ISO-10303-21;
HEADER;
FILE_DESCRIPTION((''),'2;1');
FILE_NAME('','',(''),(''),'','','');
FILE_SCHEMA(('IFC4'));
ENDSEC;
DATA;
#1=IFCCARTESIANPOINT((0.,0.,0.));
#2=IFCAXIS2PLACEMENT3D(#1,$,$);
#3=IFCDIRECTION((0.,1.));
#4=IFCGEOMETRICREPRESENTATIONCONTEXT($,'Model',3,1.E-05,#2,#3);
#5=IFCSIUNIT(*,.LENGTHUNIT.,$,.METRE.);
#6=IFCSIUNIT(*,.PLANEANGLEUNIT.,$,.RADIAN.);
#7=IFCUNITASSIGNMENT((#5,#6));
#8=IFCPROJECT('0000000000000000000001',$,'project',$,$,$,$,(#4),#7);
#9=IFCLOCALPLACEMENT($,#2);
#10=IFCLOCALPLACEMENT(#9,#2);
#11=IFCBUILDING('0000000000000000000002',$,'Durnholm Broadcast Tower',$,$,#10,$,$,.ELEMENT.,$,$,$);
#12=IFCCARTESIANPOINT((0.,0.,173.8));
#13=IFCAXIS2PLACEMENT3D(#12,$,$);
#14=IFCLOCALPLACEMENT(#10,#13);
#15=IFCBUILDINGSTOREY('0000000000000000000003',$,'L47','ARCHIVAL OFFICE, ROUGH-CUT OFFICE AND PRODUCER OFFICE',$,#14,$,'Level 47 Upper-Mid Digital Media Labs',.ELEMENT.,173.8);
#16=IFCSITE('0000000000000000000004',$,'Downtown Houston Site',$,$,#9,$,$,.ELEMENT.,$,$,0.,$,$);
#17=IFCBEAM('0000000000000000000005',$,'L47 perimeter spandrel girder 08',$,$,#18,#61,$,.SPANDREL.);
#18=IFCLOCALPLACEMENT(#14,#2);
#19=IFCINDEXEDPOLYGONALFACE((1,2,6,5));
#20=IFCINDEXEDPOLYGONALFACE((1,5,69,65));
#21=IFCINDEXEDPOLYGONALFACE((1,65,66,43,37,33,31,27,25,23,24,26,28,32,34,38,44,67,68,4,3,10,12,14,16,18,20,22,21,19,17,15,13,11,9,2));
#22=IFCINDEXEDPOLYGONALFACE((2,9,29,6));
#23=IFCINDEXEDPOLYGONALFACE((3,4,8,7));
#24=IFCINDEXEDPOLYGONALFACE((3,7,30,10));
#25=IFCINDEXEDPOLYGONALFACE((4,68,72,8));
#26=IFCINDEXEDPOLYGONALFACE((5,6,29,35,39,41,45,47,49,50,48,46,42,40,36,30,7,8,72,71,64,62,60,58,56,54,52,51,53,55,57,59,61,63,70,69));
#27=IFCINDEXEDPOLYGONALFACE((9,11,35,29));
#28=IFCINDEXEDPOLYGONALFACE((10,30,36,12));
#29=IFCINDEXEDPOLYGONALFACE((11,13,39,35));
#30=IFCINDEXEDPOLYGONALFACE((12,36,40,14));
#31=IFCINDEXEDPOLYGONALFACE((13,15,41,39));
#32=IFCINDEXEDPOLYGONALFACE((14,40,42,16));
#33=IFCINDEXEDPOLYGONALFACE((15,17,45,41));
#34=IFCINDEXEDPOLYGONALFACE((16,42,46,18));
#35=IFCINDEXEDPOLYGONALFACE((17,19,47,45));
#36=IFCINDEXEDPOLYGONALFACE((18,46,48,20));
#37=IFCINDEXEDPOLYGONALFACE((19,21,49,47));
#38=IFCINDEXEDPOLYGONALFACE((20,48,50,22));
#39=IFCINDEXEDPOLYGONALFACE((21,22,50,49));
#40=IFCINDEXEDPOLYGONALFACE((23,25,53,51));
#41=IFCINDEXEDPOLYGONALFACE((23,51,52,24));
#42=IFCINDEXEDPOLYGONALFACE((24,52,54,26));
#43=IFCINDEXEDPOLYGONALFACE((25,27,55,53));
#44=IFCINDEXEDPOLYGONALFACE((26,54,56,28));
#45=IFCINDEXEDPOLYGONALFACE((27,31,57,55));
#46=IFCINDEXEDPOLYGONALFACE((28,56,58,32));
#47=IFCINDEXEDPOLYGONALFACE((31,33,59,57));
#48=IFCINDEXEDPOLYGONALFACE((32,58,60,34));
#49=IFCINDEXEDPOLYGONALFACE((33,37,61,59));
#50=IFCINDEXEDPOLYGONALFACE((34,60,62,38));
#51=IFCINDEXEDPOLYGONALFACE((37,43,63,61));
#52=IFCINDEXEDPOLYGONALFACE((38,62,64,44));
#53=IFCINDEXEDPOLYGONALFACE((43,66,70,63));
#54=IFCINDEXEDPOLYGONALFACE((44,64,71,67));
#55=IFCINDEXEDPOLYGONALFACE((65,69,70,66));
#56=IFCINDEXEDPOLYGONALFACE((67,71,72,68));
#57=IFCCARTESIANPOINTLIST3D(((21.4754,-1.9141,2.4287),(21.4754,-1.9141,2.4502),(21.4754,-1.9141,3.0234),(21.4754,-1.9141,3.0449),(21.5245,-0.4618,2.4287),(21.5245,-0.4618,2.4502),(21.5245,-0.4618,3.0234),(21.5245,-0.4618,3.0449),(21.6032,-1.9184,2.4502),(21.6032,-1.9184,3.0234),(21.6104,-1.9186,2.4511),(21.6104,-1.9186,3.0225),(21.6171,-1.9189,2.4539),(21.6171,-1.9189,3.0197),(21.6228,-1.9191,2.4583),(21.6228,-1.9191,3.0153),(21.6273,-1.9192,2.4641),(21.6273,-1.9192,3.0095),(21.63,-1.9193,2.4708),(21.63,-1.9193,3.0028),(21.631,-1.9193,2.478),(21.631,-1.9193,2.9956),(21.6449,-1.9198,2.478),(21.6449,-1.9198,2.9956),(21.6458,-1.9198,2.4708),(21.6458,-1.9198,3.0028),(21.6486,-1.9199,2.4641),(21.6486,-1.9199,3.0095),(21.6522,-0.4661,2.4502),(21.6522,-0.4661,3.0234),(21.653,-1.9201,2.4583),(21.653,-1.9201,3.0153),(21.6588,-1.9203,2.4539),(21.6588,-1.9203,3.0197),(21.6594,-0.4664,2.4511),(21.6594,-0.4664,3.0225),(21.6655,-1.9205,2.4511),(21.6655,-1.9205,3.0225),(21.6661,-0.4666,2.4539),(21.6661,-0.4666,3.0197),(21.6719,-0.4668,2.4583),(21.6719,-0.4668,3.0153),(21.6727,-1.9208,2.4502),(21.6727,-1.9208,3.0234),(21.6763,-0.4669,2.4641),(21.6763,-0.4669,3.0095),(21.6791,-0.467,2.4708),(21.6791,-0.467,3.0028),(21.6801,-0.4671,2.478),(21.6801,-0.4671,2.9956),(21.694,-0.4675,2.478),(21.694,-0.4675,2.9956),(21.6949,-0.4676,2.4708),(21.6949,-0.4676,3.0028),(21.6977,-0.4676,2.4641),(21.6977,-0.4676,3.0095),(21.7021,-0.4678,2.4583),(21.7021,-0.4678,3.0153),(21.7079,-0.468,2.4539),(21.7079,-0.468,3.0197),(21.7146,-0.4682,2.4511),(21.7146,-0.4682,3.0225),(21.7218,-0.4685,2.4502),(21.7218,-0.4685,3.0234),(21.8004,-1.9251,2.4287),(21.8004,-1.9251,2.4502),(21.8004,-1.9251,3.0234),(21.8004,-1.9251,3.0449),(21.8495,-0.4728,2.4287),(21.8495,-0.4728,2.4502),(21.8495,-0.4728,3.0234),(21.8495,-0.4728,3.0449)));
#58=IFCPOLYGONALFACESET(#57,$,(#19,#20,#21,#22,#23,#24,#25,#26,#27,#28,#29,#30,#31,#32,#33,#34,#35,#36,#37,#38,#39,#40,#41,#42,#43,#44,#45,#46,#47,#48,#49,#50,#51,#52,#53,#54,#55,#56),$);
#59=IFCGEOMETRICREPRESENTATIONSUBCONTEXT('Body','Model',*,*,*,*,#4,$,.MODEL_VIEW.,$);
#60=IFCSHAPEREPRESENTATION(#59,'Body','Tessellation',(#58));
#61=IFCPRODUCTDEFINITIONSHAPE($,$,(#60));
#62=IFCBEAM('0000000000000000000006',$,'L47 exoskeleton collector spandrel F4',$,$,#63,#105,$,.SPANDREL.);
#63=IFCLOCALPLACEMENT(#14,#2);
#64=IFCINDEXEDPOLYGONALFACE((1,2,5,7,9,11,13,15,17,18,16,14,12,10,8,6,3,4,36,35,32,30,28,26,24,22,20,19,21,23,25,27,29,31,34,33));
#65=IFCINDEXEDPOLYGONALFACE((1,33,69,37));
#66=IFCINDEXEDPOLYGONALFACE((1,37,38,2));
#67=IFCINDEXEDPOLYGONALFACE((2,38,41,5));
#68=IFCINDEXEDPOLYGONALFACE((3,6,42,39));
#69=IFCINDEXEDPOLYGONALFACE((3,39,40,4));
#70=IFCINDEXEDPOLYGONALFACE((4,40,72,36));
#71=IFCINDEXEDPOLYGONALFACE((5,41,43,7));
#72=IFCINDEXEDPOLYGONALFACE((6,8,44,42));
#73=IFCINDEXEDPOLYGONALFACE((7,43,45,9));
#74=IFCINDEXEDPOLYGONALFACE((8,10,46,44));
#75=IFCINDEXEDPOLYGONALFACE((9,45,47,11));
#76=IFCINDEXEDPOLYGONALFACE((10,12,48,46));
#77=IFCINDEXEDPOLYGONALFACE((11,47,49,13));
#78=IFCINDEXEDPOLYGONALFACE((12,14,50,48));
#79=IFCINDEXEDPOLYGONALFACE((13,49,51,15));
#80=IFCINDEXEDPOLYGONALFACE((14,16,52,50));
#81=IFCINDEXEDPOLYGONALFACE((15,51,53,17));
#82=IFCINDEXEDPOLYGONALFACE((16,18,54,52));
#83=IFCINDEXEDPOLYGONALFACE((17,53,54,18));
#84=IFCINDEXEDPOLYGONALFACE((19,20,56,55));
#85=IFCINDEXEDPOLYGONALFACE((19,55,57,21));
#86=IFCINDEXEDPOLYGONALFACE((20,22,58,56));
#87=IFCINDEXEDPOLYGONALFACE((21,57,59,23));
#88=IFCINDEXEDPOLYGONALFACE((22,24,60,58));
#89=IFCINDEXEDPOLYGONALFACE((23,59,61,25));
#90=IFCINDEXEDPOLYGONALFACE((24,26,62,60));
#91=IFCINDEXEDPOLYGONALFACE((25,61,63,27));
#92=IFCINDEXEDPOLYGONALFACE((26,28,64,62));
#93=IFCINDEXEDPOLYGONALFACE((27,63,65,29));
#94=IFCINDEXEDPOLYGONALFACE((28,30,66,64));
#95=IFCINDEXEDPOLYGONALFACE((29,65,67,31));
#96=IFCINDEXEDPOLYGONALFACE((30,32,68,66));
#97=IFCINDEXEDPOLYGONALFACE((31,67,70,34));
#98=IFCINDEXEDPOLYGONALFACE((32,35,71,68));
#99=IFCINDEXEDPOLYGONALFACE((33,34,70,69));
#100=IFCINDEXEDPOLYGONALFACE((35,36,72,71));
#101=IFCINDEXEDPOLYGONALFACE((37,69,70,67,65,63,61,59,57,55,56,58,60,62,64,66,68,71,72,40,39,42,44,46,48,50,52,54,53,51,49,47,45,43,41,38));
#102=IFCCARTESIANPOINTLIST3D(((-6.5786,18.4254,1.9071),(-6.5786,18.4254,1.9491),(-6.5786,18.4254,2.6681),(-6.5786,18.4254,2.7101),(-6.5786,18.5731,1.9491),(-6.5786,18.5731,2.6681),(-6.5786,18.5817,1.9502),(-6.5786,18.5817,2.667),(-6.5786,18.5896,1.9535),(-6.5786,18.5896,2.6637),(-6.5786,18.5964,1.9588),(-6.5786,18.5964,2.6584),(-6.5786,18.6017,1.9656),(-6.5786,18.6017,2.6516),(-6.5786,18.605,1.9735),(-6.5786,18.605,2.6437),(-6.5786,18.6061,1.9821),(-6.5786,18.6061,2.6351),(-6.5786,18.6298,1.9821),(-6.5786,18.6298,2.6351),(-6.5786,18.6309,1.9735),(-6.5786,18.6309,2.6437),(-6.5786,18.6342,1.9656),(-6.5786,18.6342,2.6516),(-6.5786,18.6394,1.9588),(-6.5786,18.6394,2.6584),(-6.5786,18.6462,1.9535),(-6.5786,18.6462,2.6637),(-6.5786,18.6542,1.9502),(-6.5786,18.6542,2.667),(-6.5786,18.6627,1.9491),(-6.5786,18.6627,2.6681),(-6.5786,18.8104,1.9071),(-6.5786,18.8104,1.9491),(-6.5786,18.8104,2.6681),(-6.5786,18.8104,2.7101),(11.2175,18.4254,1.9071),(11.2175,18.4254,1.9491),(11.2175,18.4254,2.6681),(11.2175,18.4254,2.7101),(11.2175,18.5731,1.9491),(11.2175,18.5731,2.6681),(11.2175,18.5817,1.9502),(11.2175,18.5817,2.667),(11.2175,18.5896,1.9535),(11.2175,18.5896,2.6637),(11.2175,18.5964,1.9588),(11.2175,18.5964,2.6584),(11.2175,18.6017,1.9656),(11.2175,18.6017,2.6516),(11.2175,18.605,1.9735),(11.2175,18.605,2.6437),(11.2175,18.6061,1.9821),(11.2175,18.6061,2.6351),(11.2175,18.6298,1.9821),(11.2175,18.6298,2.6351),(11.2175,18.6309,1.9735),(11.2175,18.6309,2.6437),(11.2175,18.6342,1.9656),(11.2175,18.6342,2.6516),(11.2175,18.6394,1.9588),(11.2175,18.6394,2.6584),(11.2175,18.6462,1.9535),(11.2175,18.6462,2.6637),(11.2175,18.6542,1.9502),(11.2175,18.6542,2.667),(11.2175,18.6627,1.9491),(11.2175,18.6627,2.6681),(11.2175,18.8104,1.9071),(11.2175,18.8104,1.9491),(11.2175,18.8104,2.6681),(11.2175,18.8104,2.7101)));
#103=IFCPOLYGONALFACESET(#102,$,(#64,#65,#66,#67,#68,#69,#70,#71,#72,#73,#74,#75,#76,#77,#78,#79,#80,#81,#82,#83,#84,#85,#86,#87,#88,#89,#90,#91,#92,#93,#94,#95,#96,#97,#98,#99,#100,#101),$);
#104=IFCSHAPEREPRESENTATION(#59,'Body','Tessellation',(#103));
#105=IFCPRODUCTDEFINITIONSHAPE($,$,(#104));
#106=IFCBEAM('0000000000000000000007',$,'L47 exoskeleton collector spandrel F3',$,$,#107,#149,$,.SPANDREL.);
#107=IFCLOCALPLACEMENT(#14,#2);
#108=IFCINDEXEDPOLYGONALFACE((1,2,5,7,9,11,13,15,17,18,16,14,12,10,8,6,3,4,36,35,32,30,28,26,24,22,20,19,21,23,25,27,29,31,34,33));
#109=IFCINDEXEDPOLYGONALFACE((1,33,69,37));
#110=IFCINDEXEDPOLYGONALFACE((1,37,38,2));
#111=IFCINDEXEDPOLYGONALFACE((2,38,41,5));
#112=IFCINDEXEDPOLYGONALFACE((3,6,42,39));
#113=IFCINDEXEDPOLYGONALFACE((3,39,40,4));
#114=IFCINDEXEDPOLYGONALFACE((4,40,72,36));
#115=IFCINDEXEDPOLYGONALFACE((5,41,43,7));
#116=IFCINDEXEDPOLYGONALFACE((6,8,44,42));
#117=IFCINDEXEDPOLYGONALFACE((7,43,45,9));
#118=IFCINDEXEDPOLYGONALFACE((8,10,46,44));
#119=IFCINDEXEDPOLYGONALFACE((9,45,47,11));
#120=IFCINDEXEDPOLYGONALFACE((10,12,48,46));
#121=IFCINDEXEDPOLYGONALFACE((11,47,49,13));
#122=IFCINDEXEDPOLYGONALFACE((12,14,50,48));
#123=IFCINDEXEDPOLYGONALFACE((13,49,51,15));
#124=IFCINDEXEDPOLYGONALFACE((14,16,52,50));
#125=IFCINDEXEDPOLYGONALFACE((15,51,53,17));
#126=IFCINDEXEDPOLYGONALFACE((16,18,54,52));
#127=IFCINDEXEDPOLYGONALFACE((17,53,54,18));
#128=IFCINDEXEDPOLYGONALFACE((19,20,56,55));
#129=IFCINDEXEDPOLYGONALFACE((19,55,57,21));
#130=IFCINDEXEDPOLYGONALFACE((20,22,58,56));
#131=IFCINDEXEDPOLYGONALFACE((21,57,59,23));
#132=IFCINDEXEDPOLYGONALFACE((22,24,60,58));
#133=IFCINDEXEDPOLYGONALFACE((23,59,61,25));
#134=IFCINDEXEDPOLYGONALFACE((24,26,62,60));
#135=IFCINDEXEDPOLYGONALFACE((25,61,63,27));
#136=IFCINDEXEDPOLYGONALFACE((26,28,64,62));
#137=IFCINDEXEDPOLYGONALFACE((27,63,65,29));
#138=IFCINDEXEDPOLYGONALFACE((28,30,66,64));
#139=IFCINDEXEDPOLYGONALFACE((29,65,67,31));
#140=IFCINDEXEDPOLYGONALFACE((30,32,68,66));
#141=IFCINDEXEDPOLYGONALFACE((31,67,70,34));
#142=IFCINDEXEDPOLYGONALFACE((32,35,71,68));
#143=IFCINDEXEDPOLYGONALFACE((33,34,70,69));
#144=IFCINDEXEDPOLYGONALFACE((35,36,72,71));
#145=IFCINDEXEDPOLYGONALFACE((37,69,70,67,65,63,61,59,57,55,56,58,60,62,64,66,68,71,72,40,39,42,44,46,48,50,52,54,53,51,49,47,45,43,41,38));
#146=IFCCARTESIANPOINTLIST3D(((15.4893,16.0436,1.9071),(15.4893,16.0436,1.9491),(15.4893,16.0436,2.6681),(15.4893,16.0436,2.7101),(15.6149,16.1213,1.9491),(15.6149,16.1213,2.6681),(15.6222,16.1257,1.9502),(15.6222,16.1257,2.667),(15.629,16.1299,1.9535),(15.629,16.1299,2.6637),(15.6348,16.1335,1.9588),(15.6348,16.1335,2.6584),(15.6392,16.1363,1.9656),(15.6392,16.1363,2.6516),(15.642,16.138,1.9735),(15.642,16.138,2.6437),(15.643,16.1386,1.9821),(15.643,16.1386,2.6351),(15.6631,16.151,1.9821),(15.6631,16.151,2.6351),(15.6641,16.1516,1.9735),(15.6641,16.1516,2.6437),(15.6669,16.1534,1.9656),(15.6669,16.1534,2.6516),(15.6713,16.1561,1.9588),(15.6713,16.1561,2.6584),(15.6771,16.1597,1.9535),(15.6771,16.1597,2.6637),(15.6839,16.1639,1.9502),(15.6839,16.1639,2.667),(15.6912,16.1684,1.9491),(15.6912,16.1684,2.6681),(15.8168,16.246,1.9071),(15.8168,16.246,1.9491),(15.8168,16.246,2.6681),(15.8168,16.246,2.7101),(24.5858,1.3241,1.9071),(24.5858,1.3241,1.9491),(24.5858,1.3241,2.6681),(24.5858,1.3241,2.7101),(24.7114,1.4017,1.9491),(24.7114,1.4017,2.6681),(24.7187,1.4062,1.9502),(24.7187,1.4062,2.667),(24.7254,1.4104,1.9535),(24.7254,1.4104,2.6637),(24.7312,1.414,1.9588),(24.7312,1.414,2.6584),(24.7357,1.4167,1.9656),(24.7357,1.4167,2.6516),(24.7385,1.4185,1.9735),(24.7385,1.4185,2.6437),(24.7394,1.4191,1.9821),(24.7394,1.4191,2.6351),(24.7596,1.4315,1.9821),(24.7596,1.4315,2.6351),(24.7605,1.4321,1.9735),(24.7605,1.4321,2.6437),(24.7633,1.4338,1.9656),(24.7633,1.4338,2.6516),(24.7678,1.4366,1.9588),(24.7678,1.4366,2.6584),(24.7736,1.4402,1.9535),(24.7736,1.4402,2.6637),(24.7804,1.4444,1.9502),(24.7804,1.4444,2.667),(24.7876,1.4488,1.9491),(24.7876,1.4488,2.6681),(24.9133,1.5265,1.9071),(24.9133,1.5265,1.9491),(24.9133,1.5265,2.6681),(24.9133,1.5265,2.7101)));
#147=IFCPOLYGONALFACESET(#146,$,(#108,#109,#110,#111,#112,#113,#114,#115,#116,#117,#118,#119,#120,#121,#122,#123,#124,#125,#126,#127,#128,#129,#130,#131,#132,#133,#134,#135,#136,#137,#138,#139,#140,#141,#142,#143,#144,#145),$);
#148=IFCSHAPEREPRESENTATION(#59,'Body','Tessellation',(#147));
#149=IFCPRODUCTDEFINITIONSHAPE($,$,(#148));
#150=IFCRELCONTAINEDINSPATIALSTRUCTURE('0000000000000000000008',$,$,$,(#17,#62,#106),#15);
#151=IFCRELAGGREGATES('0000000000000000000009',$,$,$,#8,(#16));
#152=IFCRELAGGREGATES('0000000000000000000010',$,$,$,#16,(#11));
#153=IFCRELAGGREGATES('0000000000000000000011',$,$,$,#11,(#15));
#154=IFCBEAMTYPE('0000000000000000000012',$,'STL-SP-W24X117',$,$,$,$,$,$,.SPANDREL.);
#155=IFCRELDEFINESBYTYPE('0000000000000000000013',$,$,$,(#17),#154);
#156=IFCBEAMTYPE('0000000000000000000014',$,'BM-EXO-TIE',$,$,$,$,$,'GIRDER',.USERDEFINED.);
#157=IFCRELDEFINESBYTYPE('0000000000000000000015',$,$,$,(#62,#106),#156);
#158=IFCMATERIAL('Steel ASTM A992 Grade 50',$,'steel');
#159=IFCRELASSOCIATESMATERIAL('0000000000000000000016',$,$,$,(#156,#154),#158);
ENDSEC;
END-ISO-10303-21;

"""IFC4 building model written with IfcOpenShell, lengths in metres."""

from ifc_helpers import new_model, si_unit, direction, frame, origin, origin_2d, place, context, subcontext, project, spatial, i_section, extrude, source, transform, mapped, material, material_profile, profile_set, type_object, element, save


model = new_model("IFC4")

# Units and contexts
model_context = context("Model", 3, precision=1e-05, world=origin(), true_north=direction((0.0, 1.0)))
body_context = subcontext(model_context, "Body", "Model", "MODEL_VIEW")
ifc_project = project(units=[si_unit("LENGTHUNIT", "METRE"), si_unit("PLANEANGLEUNIT", "RADIAN")], contexts=[model_context])

# Site, building, storey
site_placement = place(None, origin())
site = spatial("IfcSite", under=ifc_project, at=site_placement, Name="Downtown Houston Site", CompositionType="ELEMENT", RefElevation=0.0)
building_placement = place(site_placement, origin())
building = spatial("IfcBuilding", under=site, at=building_placement, Name="Durnholm Broadcast Tower", CompositionType="ELEMENT")
storey_placement = place(building_placement, frame((0.0, 0.0, 173.8)))
storey = spatial("IfcBuildingStorey", under=building, at=storey_placement, Name="L47", Description="ARCHIVAL OFFICE, ROUGH-CUT OFFICE AND PRODUCER OFFICE", LongName="Level 47 Upper-Mid Digital Media Labs", CompositionType="ELEMENT", Elevation=173.8)

# Beams
ifc_material_1 = material(Name="Steel ASTM A992 Grade 50", Category="steel")
ifc_material_profile_1 = material_profile(ifc_material_1, i_section(OverallWidth=0.385, OverallDepth=0.803, WebThickness=0.0237, FlangeThickness=0.042, FilletRadius=0.033, at=origin_2d()), Name="W30X261")
ifc_profile_set_1 = profile_set([ifc_material_profile_1], Name="Steel ASTM A992 Grade 50")
beam_type_1 = type_object("IfcBeamType", Name="BM-EXO-TIE", ElementType="GIRDER", PredefinedType="USERDEFINED", material=ifc_profile_set_1)
ifc_material_profile_2 = material_profile(ifc_material_1, i_section(OverallWidth=0.3252, OverallDepth=0.6162, WebThickness=0.0139, FlangeThickness=0.0215, FilletRadius=0.0278, at=origin_2d()), Name="W24X117")
ifc_profile_set_2 = profile_set([ifc_material_profile_2], Name="Steel ASTM A992 Grade 50")
beam_type_2 = type_object("IfcBeamType", Name="STL-SP-W24X117", PredefinedType="SPANDREL", material=ifc_profile_set_2)
shared_shape_1 = source(origin(), body_context, "Body", "SweptSolid", [
    extrude(i_section(OverallWidth=0.3252, OverallDepth=0.6162, WebThickness=0.0139, FlangeThickness=0.0215, FilletRadius=0.0278, at=origin_2d()), origin(), (0.0, 0.0, 1.0), 1.4531),
])
beam_1_placement = place(storey_placement, frame((21.687, -0.4673, 2.7368), z_axis=(-0.033768, -0.99943, 0.0), x_axis=(0.99943, -0.033768, 0.0)))
element("IfcBeam", 1, at=beam_1_placement, inside=storey, type_object=beam_type_2, Name="L47 perimeter spandrel girder 08", PredefinedType="SPANDREL", context=body_context, shape_type="MappedRepresentation", body=[
    mapped(shared_shape_1, transform((0.0, 0.0, 0.0), x_axis=(1.0, 0.0, 0.0), y_axis=(0.0, 1.0, 0.0), z_axis=(0.0, 0.0, 1.0), scale=1.0)),
])
shared_shape_2 = source(origin(), body_context, "Body", "SweptSolid", [
    extrude(i_section(OverallWidth=0.385, OverallDepth=0.803, WebThickness=0.0237, FlangeThickness=0.042, FilletRadius=0.033, at=origin_2d()), origin(), (0.0, 0.0, 1.0), 17.7961),
])
beam_2_placement = place(storey_placement, frame((11.2175, 18.6179, 2.3086), z_axis=(-1.0, 0.0, 0.0), x_axis=(0.0, -1.0, 0.0)))
element("IfcBeam", 2, at=beam_2_placement, inside=storey, type_object=beam_type_1, Name="L47 exoskeleton collector spandrel F4", PredefinedType="SPANDREL", context=body_context, shape_type="MappedRepresentation", body=[
    mapped(shared_shape_2, transform((0.0, 0.0, 0.0), x_axis=(1.0, 0.0, 0.0), y_axis=(0.0, 1.0, 0.0), z_axis=(0.0, 0.0, 1.0), scale=1.0)),
])
shared_shape_3 = source(origin(), body_context, "Body", "SweptSolid", [
    extrude(i_section(OverallWidth=0.385, OverallDepth=0.803, WebThickness=0.0237, FlangeThickness=0.042, FilletRadius=0.033, at=origin_2d()), origin(), (0.0, 0.0, 1.0), 17.3035),
])
beam_3_placement = place(storey_placement, frame((24.7495, 1.4253, 2.3086), z_axis=(-0.525702, 0.850669, 0.0), x_axis=(-0.850669, -0.525702, 0.0)))
element("IfcBeam", 3, at=beam_3_placement, inside=storey, type_object=beam_type_1, Name="L47 exoskeleton collector spandrel F3", PredefinedType="SPANDREL", context=body_context, shape_type="MappedRepresentation", body=[
    mapped(shared_shape_3, transform((0.0, 0.0, 0.0), x_axis=(1.0, 0.0, 0.0), y_axis=(0.0, 1.0, 0.0), z_axis=(0.0, 0.0, 1.0), scale=1.0)),
])

save(model, "model.ifc")
